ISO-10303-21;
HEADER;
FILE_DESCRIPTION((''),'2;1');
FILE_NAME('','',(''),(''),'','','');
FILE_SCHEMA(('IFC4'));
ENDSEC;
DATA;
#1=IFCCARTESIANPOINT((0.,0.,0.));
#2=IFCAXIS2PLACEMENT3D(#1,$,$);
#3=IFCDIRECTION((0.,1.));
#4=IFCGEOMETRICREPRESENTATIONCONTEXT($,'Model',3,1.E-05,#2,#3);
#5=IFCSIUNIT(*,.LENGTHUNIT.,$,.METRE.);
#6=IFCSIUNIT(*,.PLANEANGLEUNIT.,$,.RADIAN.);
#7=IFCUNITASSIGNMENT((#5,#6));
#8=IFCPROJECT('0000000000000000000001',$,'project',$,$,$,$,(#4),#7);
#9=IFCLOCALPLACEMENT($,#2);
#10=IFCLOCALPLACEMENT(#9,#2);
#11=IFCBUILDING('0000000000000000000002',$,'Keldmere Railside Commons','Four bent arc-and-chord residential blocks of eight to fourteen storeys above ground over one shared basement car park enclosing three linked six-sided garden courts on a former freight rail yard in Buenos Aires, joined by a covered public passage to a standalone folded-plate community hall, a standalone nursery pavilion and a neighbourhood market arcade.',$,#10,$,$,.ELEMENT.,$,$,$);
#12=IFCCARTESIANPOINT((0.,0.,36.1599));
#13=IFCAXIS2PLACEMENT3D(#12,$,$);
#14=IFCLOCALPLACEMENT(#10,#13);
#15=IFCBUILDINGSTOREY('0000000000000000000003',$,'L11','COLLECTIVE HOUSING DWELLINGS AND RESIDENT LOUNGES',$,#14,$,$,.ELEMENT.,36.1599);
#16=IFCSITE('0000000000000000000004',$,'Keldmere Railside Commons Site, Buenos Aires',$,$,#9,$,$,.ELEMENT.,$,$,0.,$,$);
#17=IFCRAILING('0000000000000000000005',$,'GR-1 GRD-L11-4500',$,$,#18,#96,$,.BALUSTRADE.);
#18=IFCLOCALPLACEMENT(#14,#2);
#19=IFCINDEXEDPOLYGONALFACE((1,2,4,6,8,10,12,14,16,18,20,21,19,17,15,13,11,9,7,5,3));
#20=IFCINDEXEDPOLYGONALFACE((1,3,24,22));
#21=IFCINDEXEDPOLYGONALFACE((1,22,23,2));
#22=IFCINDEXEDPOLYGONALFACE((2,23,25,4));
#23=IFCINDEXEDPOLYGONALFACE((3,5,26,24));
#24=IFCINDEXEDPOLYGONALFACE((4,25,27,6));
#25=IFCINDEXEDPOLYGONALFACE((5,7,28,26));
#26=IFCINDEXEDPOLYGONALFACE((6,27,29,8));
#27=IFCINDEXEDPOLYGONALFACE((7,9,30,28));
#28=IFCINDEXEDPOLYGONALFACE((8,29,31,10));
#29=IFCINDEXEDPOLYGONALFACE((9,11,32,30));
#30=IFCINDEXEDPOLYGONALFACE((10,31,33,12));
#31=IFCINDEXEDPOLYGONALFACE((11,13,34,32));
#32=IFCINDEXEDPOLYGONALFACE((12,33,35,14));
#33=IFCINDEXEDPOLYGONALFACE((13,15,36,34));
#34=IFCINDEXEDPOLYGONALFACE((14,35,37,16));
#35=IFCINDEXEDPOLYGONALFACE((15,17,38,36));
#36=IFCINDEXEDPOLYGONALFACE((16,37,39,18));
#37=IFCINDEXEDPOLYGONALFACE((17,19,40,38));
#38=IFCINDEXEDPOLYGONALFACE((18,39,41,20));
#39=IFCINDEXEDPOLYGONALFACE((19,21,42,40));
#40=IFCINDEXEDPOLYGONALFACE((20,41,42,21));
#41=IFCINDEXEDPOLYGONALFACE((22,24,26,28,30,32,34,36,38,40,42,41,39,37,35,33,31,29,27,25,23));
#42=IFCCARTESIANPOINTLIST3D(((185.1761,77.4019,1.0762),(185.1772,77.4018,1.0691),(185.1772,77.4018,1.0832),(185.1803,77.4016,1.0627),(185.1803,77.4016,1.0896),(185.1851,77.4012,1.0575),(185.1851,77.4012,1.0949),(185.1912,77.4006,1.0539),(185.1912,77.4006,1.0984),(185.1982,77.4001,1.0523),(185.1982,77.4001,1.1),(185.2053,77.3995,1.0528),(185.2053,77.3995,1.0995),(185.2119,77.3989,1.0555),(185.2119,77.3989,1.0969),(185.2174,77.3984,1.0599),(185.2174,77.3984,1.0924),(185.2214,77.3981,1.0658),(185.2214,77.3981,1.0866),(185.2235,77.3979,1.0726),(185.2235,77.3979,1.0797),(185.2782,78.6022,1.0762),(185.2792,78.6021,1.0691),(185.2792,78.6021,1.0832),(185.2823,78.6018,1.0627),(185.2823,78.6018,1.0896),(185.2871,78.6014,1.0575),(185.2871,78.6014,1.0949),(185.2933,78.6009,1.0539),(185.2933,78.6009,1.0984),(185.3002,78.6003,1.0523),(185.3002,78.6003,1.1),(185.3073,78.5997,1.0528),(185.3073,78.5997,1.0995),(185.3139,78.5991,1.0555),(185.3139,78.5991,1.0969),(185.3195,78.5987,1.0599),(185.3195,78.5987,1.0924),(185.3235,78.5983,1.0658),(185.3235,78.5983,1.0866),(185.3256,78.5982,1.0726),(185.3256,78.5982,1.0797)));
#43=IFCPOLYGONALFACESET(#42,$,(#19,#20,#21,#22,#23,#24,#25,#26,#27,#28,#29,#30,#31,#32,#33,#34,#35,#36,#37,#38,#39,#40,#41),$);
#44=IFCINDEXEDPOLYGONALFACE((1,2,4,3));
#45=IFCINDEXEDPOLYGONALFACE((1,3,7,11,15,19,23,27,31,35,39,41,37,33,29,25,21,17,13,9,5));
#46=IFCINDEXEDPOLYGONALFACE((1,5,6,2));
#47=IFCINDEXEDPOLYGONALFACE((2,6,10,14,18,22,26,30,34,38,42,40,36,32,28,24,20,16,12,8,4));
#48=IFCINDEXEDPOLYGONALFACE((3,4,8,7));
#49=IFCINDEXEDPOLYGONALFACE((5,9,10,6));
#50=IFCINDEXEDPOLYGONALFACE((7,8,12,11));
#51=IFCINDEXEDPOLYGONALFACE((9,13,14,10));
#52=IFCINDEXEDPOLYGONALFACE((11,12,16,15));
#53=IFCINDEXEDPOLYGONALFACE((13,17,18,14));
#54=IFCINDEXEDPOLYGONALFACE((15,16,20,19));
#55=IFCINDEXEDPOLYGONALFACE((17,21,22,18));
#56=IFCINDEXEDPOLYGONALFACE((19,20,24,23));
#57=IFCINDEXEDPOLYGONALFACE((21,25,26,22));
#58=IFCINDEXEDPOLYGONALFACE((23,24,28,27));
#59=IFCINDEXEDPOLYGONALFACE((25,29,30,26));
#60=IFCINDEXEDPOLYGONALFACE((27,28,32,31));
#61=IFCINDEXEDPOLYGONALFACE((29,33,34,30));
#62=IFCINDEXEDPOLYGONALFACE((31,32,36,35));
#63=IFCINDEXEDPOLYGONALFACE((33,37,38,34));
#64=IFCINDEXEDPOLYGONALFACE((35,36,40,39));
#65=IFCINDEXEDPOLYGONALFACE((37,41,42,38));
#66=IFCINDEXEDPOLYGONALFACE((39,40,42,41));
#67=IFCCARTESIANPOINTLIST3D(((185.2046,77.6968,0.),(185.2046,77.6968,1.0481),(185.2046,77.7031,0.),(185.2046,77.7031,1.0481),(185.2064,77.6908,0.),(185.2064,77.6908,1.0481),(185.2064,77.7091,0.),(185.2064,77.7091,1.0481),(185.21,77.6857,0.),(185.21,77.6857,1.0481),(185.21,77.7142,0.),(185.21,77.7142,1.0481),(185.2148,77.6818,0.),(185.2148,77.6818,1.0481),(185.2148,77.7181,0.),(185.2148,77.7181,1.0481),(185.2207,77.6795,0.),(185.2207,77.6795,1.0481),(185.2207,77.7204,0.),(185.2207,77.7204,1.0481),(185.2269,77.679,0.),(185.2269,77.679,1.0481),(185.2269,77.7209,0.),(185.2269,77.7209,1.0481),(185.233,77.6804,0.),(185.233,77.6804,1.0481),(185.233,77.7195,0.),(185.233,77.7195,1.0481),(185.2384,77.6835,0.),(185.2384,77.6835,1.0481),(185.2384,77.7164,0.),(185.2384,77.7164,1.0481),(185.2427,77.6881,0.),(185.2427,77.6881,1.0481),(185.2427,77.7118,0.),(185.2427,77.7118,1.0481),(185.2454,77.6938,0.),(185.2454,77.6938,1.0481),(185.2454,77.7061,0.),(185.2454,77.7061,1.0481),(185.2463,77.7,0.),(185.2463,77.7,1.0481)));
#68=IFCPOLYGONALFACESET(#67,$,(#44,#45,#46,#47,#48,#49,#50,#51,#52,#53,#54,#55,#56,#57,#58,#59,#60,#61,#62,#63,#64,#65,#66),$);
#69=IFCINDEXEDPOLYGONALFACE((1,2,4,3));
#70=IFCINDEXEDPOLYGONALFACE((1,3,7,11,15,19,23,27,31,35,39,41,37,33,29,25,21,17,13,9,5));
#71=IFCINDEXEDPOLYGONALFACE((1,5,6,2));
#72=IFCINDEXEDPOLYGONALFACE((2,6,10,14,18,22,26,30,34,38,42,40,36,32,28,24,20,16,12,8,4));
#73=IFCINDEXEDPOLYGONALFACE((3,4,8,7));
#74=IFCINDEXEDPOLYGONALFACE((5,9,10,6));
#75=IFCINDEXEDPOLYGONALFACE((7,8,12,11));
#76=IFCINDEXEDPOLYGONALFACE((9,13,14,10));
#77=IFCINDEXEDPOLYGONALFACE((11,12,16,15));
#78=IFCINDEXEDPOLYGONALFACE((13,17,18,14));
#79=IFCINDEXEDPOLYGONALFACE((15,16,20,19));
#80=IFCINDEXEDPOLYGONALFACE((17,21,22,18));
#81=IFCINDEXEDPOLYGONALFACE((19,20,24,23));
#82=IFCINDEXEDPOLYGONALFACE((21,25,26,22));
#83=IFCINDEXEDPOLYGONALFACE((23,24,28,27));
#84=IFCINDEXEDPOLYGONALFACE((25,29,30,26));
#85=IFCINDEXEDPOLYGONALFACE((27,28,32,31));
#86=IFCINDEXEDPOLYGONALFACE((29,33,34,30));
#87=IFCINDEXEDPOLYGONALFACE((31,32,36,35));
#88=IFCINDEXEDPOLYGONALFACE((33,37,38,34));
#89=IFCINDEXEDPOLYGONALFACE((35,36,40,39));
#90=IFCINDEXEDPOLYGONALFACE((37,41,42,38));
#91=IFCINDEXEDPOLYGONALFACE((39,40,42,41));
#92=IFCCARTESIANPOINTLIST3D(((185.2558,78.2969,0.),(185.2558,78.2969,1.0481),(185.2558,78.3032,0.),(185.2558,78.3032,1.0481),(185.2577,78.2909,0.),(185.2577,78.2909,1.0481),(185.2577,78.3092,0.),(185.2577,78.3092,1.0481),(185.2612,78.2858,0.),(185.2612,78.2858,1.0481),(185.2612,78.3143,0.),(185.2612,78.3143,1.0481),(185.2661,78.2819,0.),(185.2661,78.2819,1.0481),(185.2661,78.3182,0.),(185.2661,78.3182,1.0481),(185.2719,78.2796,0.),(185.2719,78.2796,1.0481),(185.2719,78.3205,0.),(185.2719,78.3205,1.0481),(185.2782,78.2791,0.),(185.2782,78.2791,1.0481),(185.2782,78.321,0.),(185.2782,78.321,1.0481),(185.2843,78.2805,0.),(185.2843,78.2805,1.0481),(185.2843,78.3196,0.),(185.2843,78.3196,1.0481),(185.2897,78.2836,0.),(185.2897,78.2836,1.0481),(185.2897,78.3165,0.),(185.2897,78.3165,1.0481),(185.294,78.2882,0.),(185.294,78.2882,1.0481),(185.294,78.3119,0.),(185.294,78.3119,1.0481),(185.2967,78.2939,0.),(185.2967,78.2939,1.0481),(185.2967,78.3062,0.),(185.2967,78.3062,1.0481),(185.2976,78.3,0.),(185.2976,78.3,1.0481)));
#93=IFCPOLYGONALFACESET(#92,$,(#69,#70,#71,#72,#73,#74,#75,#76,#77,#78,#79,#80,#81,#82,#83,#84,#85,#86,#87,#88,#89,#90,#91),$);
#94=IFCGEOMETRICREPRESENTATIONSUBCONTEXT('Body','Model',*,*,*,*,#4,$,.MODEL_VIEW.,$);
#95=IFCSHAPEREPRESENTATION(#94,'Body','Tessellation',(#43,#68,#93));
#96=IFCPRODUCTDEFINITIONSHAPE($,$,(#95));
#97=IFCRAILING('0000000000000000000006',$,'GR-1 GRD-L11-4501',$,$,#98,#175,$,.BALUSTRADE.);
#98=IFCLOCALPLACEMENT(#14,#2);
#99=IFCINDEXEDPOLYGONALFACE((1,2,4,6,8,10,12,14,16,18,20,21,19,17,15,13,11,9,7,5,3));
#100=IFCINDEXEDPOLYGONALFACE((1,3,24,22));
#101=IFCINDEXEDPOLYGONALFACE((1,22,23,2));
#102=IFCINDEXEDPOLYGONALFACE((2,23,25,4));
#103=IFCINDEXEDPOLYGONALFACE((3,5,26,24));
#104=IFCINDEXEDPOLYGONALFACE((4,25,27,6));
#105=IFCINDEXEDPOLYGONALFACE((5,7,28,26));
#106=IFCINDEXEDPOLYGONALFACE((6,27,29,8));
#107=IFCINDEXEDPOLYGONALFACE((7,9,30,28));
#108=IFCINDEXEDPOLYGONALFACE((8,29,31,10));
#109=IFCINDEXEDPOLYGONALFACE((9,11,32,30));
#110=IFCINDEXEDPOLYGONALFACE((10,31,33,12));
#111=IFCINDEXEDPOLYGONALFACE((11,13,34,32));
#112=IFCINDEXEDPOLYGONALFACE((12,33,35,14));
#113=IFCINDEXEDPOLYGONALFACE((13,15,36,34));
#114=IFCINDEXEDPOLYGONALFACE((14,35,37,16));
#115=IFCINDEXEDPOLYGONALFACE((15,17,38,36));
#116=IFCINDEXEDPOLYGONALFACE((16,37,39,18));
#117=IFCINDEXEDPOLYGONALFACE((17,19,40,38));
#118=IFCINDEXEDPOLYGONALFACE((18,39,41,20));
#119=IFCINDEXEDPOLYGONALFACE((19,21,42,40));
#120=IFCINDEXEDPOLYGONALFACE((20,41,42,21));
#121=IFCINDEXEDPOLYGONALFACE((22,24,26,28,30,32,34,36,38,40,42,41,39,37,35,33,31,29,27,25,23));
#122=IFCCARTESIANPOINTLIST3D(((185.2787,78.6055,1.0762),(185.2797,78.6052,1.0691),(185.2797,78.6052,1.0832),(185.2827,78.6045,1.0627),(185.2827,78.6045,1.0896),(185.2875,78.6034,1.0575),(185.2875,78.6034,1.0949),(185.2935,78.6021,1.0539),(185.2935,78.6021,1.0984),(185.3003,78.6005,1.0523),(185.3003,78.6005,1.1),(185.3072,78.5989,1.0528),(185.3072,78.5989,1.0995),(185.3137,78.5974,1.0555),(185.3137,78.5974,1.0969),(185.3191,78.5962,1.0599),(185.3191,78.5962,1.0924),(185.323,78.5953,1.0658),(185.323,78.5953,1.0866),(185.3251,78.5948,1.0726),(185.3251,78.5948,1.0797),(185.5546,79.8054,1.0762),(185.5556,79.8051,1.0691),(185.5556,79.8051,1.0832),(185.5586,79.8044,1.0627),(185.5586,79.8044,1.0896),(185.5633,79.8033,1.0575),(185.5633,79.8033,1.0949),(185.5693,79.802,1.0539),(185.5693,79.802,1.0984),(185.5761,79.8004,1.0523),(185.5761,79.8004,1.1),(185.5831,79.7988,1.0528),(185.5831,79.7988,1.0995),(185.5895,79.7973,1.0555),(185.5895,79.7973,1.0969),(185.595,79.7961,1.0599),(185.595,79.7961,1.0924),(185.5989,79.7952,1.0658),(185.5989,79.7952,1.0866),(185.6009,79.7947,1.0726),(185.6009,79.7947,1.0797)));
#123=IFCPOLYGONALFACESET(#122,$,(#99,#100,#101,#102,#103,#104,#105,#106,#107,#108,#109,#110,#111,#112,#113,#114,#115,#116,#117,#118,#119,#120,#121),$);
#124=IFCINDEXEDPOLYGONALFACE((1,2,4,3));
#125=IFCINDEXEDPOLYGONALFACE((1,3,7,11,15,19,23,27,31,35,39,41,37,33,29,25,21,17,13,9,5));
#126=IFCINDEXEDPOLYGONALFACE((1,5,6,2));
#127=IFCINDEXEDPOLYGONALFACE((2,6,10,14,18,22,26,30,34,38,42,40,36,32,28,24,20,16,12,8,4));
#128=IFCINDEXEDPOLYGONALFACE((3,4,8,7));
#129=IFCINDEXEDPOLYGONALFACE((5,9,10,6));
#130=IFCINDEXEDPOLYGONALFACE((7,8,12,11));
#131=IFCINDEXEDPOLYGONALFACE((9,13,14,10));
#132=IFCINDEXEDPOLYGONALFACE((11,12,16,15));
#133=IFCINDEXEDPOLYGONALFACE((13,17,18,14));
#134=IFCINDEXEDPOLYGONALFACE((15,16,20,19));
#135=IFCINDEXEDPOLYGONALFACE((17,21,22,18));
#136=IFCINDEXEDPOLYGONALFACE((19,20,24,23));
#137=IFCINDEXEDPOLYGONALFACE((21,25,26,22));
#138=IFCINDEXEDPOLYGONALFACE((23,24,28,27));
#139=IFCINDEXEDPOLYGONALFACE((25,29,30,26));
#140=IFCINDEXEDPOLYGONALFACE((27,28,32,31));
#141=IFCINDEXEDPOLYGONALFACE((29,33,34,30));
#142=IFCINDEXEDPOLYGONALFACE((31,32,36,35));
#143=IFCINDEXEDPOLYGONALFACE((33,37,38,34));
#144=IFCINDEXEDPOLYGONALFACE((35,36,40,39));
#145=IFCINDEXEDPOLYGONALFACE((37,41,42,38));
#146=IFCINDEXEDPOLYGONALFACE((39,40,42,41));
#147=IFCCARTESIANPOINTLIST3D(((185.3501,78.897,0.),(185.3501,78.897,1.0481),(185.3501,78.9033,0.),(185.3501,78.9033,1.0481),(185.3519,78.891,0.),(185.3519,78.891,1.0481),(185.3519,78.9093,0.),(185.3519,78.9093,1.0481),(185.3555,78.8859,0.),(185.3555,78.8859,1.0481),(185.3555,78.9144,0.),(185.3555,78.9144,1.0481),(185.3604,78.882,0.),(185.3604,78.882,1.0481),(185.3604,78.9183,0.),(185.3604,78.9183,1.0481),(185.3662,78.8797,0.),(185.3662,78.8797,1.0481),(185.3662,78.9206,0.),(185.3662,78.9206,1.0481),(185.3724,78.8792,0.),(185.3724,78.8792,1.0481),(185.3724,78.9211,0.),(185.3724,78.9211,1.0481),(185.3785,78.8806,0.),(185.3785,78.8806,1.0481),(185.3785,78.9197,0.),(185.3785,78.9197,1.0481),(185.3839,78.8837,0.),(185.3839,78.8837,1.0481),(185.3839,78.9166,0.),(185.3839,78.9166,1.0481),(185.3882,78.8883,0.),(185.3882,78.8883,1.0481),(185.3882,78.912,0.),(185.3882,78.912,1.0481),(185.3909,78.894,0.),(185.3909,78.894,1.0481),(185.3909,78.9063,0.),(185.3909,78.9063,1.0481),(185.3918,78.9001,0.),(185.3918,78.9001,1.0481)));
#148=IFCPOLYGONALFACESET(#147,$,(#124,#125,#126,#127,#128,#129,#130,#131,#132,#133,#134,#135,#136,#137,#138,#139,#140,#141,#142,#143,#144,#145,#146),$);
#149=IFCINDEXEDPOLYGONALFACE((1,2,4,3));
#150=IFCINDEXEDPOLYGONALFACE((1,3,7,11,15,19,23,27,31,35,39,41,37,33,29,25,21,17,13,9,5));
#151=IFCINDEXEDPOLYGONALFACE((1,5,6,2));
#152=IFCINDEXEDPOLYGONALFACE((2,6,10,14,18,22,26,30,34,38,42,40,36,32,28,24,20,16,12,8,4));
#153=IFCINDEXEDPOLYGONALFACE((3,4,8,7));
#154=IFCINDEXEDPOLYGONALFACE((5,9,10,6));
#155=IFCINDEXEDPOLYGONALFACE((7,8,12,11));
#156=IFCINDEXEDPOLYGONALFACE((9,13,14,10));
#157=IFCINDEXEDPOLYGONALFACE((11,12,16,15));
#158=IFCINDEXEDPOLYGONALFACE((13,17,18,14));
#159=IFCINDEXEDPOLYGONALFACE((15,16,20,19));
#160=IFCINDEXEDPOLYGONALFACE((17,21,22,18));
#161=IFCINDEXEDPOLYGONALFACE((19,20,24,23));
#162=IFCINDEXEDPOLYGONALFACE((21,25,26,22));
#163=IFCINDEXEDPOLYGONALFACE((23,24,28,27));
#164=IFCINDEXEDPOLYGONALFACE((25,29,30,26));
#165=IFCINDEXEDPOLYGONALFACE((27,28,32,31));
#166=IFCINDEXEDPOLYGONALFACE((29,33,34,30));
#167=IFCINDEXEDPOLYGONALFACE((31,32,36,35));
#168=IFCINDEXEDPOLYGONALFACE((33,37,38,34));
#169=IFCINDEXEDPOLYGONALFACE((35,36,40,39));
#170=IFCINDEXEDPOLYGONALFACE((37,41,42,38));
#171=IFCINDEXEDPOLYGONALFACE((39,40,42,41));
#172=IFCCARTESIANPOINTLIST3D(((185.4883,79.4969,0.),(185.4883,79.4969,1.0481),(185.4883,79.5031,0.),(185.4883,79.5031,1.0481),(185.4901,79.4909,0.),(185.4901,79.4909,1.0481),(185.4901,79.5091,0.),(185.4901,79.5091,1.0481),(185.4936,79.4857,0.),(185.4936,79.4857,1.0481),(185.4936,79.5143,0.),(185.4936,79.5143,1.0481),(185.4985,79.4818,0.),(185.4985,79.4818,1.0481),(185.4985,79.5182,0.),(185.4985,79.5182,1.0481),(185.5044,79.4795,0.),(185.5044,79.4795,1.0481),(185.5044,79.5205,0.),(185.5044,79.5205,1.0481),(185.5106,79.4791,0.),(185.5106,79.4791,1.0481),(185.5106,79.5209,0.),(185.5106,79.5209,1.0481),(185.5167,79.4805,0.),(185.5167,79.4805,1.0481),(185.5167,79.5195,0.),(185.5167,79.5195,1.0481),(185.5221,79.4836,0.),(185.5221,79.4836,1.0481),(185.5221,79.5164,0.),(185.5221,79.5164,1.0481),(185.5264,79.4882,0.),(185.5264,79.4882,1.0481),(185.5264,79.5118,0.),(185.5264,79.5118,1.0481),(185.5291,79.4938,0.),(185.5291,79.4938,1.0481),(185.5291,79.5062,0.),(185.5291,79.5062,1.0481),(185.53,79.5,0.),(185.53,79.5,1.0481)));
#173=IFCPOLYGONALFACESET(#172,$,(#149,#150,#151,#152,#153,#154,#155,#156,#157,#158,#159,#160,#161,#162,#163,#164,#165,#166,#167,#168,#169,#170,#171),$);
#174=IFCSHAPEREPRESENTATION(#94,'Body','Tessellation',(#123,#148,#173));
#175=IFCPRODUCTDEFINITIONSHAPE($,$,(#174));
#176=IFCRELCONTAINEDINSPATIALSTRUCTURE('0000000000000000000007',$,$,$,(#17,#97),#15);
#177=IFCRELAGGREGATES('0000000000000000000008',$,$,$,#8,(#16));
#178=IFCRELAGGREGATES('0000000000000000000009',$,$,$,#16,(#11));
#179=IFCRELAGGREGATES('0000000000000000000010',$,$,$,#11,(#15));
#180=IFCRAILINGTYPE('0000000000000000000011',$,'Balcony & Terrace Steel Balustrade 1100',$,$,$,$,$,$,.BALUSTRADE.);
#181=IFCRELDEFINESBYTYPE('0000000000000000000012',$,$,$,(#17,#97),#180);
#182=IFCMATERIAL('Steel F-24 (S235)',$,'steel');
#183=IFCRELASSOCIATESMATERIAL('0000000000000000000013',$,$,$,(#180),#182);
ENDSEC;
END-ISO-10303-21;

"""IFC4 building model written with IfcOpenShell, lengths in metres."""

from ifc_helpers import new_model, si_unit, direction, frame, origin, origin_2d, place, context, subcontext, project, spatial, circle, extrude, material, type_object, element, save


model = new_model("IFC4")

# Units and contexts
model_context = context("Model", 3, precision=1e-05, world=origin(), true_north=direction((0.0, 1.0)))
body_context = subcontext(model_context, "Body", "Model", "MODEL_VIEW")
ifc_project = project(units=[si_unit("LENGTHUNIT", "METRE"), si_unit("PLANEANGLEUNIT", "RADIAN")], contexts=[model_context])

# Site, building, storey
site_placement = place(None, origin())
site = spatial("IfcSite", under=ifc_project, at=site_placement, Name="Keldmere Railside Commons Site, Buenos Aires", CompositionType="ELEMENT", RefElevation=0.0)
building_placement = place(site_placement, origin())
building = spatial("IfcBuilding", under=site, at=building_placement, Name="Keldmere Railside Commons", Description="Four bent arc-and-chord residential blocks of eight to fourteen storeys above ground over one shared basement car park enclosing three linked six-sided garden courts on a former freight rail yard in Buenos Aires, joined by a covered public passage to a standalone folded-plate community hall, a standalone nursery pavilion and a neighbourhood market arcade.", CompositionType="ELEMENT")
storey_placement = place(building_placement, frame((0.0, 0.0, 36.1599)))
storey = spatial("IfcBuildingStorey", under=building, at=storey_placement, Name="L11", Description="COLLECTIVE HOUSING DWELLINGS AND RESIDENT LOUNGES", CompositionType="ELEMENT", Elevation=36.1599)

# Shared definitions
ifc_material_1 = material(Name="Steel F-24 (S235)", Category="steel")

# Railings
railing_type_1 = type_object("IfcRailingType", Name="Balcony & Terrace Steel Balustrade 1100", PredefinedType="BALUSTRADE", material=ifc_material_1)
railing_1_placement = place(storey_placement, frame((185.2, 77.3999, 0.0)))
element("IfcRailing", 1, at=railing_1_placement, inside=storey, type_object=railing_type_1, Name="GR-1 GRD-L11-4500", PredefinedType="BALUSTRADE", context=body_context, shape_type="SweptSolid", body=[
    extrude(circle(Radius=0.0239, at=origin_2d()), frame((0.0, 0.0, 1.0762), z_axis=(0.084723, 0.996405, 0.0), x_axis=(-0.996405, 0.084723, 0.0)), (0.0, 0.0, 1.0), 1.2046),
    extrude(circle(Radius=0.021, at=origin_2d()), frame((0.0254, 0.3, 0.0)), (0.0, 0.0, 1.0), 1.0481),
    extrude(circle(Radius=0.021, at=origin_2d()), frame((0.0767, 0.9001, 0.0)), (0.0, 0.0, 1.0), 1.0481),
])
railing_2_placement = place(storey_placement, frame((185.302, 78.6001, 0.0)))
element("IfcRailing", 2, at=railing_2_placement, inside=storey, type_object=railing_type_1, Name="GR-1 GRD-L11-4501", PredefinedType="BALUSTRADE", context=body_context, shape_type="SweptSolid", body=[
    extrude(circle(Radius=0.0239, at=origin_2d()), frame((0.0, 0.0, 1.0762), z_axis=(0.224063, 0.974575, 0.0), x_axis=(-0.974575, 0.224063, 0.0)), (0.0, 0.0, 1.0), 1.2312),
    extrude(circle(Radius=0.021, at=origin_2d()), frame((0.0688, 0.3, 0.0)), (0.0, 0.0, 1.0), 1.0481),
    extrude(circle(Radius=0.021, at=origin_2d()), frame((0.207, 0.8999, 0.0)), (0.0, 0.0, 1.0), 1.0481),
])

save(model, "model.ifc")
